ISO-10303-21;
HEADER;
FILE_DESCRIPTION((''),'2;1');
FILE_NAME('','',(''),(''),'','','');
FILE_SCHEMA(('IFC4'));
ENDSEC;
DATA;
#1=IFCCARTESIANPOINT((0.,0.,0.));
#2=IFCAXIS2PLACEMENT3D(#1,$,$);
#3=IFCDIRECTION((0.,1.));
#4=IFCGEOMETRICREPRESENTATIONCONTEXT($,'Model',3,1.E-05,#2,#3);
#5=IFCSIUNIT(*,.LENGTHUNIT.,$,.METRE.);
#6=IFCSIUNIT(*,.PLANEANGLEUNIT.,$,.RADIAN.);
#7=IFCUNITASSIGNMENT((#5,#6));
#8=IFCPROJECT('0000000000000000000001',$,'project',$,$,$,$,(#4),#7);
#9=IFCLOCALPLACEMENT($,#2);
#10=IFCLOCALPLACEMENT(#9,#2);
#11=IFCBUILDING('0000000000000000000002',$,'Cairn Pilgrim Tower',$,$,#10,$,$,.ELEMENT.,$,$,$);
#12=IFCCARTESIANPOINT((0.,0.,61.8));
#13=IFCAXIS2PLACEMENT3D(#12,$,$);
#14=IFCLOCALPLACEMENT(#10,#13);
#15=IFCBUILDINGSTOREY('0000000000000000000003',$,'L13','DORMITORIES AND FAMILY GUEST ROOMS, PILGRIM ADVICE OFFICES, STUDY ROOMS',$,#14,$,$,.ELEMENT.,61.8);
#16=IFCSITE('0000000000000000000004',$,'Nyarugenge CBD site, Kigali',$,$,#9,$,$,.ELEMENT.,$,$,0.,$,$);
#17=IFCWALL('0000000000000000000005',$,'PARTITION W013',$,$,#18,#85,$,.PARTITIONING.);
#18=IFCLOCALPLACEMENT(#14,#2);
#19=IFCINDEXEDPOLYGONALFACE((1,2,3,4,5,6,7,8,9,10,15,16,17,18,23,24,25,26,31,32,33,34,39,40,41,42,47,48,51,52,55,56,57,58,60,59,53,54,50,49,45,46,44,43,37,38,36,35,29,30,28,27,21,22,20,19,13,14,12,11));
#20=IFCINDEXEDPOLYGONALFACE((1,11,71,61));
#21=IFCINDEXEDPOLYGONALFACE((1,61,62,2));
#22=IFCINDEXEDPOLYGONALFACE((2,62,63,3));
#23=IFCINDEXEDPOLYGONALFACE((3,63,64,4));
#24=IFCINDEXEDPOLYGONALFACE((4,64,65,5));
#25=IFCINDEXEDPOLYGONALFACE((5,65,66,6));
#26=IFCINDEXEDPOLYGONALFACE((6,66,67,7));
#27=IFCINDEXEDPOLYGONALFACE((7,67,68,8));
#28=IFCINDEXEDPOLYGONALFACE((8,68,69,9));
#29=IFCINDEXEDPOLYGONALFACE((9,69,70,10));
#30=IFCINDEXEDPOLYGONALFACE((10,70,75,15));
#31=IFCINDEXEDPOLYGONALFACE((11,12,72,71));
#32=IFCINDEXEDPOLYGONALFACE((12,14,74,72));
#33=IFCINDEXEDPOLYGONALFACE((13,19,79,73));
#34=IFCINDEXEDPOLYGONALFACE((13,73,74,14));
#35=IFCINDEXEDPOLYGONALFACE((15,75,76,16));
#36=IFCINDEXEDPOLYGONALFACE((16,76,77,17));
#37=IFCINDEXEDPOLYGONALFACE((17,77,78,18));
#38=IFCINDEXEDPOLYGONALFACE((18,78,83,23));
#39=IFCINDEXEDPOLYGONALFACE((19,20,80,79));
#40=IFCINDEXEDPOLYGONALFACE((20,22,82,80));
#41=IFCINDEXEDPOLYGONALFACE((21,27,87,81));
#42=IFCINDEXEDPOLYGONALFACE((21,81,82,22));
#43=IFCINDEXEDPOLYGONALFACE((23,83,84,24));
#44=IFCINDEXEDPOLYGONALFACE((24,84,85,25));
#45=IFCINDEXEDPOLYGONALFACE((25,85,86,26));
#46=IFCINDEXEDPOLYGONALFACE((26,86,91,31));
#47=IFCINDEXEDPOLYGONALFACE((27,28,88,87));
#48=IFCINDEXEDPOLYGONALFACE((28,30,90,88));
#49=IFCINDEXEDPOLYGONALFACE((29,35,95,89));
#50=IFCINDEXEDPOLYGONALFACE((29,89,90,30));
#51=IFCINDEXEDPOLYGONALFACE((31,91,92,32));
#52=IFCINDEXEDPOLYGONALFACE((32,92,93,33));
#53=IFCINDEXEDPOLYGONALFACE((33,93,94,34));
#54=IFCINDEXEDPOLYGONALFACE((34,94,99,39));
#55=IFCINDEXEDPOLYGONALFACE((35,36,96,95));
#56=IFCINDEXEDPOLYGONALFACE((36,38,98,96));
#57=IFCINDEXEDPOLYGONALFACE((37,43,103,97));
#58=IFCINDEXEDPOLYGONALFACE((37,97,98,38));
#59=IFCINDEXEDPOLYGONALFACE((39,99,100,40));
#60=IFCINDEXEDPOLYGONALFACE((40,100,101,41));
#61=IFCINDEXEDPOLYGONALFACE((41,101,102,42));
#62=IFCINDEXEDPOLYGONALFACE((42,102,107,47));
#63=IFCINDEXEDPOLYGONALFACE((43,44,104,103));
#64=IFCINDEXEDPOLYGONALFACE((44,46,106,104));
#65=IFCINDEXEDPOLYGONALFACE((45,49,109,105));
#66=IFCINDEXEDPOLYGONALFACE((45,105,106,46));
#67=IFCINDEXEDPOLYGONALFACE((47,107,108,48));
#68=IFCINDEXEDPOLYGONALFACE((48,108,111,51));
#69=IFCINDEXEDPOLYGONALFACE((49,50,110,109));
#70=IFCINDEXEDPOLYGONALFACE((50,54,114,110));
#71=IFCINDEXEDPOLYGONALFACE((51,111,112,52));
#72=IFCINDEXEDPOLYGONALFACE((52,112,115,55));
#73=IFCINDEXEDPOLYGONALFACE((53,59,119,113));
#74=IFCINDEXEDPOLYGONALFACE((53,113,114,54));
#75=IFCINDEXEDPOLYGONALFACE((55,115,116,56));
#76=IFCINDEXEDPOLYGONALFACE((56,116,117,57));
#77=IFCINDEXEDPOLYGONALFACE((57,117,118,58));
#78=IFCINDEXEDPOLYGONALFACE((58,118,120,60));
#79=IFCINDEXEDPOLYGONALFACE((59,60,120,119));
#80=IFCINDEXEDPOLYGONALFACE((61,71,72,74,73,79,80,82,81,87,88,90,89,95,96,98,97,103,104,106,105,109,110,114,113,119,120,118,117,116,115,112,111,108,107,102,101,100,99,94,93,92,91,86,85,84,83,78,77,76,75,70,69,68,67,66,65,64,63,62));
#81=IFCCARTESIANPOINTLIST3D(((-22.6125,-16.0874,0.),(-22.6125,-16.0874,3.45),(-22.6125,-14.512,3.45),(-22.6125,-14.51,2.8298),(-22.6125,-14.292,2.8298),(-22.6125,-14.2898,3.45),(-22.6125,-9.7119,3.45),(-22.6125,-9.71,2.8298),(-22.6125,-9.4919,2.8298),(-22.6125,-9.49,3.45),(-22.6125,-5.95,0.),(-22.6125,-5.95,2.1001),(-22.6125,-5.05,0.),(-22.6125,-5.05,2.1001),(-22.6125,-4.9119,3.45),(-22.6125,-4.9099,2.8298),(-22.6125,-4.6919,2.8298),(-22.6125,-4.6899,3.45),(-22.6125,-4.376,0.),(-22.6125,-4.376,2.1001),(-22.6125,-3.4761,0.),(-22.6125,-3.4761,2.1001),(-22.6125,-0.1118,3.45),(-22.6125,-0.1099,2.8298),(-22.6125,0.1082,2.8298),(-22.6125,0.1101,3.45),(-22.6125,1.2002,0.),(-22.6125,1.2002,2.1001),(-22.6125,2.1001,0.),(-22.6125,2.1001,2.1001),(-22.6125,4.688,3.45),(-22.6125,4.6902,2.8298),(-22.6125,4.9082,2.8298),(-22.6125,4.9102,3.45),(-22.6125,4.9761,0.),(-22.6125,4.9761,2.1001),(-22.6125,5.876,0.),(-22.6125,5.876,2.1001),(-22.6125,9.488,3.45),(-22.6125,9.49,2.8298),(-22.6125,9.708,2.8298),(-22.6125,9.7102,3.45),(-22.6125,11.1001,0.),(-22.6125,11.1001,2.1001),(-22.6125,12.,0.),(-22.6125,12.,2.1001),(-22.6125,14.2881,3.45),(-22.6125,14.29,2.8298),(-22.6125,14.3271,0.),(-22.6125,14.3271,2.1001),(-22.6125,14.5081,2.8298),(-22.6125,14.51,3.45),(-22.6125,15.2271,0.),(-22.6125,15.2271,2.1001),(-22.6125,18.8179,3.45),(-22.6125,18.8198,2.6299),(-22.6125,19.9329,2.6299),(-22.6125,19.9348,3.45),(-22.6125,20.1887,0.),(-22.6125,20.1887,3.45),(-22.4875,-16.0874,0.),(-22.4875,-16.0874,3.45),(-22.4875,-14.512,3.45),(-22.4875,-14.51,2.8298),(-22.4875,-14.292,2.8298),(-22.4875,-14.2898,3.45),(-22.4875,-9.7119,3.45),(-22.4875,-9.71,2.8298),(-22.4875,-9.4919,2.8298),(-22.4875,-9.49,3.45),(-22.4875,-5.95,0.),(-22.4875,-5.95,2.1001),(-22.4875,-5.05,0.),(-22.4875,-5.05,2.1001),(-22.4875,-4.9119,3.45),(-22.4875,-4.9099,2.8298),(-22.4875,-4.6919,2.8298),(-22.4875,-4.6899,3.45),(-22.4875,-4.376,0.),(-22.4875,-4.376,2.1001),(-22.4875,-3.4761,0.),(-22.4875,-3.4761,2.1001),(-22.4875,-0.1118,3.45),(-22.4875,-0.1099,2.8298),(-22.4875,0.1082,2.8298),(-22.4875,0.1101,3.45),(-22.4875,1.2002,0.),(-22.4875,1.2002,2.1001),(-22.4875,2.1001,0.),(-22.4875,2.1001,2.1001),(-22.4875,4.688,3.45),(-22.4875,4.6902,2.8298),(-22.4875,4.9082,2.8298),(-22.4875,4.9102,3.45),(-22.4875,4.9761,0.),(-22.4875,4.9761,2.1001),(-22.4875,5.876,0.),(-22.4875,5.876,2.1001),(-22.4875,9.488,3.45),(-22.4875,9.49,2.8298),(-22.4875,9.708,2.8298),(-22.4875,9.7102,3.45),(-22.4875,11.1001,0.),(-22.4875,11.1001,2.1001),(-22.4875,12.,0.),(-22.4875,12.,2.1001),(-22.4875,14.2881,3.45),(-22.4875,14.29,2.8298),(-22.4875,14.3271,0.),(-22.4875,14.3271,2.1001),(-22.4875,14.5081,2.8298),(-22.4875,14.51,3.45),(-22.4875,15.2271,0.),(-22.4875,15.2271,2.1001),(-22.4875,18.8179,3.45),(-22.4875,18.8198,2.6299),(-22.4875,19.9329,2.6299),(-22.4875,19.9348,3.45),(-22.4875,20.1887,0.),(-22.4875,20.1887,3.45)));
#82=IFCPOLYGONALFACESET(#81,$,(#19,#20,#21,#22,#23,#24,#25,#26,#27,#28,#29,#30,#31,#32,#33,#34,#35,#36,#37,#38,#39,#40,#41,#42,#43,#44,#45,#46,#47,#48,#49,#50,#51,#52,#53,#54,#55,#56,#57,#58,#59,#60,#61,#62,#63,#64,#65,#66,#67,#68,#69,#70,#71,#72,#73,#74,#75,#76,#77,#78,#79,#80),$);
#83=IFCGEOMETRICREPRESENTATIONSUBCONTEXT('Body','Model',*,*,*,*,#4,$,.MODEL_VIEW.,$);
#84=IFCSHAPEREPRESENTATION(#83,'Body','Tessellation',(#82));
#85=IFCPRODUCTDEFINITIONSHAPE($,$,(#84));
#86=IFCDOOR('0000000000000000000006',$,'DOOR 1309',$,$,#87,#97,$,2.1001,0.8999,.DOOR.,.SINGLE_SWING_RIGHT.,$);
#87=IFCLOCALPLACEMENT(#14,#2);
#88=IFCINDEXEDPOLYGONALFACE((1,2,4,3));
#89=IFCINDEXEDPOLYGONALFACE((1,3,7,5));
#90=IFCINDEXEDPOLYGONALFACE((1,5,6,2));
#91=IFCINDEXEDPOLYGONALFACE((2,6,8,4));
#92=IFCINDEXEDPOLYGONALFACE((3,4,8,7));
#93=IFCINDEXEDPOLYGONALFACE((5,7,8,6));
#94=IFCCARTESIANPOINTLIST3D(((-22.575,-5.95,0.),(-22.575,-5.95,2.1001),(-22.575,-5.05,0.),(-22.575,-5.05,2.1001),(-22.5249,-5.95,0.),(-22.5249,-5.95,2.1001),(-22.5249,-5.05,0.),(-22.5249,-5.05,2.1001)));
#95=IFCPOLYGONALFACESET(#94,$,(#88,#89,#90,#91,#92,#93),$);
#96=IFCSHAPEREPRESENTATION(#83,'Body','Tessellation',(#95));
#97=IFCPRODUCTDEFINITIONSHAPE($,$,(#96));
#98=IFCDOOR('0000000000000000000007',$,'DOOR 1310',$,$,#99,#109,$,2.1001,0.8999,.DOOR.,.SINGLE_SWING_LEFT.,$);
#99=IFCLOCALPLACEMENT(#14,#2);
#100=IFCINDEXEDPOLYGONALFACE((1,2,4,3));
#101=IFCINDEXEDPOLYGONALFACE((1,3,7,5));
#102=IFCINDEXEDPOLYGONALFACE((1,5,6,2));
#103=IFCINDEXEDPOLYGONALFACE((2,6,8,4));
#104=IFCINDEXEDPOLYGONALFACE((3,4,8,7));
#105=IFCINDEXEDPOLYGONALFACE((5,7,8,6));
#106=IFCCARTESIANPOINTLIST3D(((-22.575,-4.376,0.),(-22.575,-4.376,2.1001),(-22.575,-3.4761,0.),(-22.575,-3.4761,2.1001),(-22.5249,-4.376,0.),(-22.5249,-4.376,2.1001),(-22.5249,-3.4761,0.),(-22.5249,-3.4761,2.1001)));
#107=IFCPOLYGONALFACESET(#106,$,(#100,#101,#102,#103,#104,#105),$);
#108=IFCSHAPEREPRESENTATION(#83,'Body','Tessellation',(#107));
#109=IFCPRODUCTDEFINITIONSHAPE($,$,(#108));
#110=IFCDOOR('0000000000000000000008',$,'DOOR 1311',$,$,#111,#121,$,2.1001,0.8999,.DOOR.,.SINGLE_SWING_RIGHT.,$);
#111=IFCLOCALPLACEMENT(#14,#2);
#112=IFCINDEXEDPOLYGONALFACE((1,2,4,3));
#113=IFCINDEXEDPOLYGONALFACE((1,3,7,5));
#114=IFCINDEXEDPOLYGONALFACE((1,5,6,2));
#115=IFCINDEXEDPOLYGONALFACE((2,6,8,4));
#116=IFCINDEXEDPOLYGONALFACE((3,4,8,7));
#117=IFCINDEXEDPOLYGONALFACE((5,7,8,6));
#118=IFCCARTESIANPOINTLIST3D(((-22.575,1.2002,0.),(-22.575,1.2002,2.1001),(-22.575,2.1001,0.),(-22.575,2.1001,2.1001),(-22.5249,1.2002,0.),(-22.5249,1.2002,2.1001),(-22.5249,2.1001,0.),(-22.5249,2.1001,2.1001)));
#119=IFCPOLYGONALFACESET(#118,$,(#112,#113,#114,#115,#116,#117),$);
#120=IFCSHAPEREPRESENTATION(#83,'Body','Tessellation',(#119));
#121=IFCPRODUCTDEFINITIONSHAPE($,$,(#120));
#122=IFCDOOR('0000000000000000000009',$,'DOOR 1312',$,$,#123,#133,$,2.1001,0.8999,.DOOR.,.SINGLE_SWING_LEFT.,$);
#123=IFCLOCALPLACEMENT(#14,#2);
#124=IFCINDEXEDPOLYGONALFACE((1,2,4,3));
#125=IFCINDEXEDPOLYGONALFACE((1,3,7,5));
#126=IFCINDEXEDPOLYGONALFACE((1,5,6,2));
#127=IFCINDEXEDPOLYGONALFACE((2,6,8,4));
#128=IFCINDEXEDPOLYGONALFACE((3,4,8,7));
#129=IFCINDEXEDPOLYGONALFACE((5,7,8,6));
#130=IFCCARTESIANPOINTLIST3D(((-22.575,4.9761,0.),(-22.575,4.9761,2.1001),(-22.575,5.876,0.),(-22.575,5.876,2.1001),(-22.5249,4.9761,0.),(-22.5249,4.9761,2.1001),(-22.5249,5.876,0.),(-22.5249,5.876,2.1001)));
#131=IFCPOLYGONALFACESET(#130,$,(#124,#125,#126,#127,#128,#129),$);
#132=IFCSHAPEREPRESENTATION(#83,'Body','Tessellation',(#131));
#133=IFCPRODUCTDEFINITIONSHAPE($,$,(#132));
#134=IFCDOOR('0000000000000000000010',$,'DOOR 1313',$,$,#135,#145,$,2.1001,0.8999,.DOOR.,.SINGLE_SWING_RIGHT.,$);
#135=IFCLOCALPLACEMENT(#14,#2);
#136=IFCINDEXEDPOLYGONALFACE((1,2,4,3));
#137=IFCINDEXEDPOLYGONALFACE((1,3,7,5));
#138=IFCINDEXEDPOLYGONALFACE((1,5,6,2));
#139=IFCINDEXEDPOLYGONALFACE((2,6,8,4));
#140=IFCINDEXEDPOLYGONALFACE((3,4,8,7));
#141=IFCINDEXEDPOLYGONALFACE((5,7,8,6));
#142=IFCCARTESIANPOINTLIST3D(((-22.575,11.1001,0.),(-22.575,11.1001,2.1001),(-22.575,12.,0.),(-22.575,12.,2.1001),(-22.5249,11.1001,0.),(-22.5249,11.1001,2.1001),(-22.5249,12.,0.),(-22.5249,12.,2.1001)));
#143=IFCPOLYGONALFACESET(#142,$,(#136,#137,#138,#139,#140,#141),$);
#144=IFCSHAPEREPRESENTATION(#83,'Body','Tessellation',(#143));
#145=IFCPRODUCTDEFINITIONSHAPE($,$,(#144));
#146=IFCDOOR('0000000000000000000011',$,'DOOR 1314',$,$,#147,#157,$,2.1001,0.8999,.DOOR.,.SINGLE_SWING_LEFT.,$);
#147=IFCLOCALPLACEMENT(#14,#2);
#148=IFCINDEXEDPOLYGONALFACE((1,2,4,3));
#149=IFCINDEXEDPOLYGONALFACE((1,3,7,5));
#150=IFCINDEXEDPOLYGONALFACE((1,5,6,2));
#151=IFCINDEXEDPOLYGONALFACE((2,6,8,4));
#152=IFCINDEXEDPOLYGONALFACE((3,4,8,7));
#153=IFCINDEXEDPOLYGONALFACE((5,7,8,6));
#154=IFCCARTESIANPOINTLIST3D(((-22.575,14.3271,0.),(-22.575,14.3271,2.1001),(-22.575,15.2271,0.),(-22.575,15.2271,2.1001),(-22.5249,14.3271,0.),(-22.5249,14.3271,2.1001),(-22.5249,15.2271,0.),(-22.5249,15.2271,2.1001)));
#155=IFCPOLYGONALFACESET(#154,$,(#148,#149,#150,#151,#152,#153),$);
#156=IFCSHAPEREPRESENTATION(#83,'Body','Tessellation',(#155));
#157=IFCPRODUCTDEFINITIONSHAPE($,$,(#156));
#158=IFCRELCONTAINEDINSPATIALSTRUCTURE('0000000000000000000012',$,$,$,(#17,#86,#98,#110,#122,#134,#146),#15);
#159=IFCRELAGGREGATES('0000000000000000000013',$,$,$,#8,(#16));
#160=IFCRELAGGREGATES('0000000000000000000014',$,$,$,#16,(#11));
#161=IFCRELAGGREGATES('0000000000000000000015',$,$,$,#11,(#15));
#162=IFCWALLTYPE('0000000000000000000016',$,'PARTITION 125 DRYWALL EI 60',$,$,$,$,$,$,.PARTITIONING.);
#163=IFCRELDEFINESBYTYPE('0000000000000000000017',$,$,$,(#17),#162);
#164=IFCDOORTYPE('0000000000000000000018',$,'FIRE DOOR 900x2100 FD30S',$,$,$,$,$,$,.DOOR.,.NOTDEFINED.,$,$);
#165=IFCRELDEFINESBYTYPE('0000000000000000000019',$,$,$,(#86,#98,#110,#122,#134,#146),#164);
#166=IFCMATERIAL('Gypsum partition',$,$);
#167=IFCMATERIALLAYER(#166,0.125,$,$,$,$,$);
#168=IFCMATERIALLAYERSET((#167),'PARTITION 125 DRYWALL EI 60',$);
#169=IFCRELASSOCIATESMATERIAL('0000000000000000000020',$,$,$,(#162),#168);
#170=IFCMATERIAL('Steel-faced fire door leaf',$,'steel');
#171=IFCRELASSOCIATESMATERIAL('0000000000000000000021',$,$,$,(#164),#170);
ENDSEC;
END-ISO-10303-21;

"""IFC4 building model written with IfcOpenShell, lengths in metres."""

from ifc_helpers import new_model, si_unit, direction, frame, frame_2d, origin, place, context, subcontext, project, spatial, polyline, rectangle, outline, extrude, material, layer, layer_set, type_object, element, fill, save


model = new_model("IFC4")

# Units and contexts
model_context = context("Model", 3, precision=1e-05, world=origin(), true_north=direction((0.0, 1.0)))
body_context = subcontext(model_context, "Body", "Model", "MODEL_VIEW")
ifc_project = project(units=[si_unit("LENGTHUNIT", "METRE"), si_unit("PLANEANGLEUNIT", "RADIAN")], contexts=[model_context])

# Site, building, storey
site_placement = place(None, origin())
site = spatial("IfcSite", under=ifc_project, at=site_placement, Name="Nyarugenge CBD site, Kigali", CompositionType="ELEMENT", RefElevation=0.0)
building_placement = place(site_placement, origin())
building = spatial("IfcBuilding", under=site, at=building_placement, Name="Cairn Pilgrim Tower", CompositionType="ELEMENT")
storey_placement = place(building_placement, frame((0.0, 0.0, 61.8)))
storey = spatial("IfcBuildingStorey", under=building, at=storey_placement, Name="L13", Description="DORMITORIES AND FAMILY GUEST ROOMS, PILGRIM ADVICE OFFICES, STUDY ROOMS", CompositionType="ELEMENT", Elevation=61.8)

# Wall, openings, doors
ifc_material_1 = material(Name="Gypsum partition")
ifc_layer_1 = layer(ifc_material_1, 0.125)
ifc_layer_set_1 = layer_set([ifc_layer_1], Name="PARTITION 125 DRYWALL EI 60")
wall_type = type_object("IfcWallType", Name="PARTITION 125 DRYWALL EI 60", PredefinedType="PARTITIONING", material=ifc_layer_set_1)
ifc_material_2 = material(Name="Steel-faced fire door leaf", Category="steel")
door_type = type_object("IfcDoorType", Name="FIRE DOOR 900x2100 FD30S", OperationType="NOTDEFINED", PredefinedType="DOOR", material=ifc_material_2)
wall_1_placement = place(storey_placement, frame((-22.55, -16.0874, 0.0), z_axis=(0.0, 0.0, 1.0), x_axis=(0.0, 1.0, 0.0)))
wall_1 = element("IfcWall", 1, at=wall_1_placement, inside=storey, type_object=wall_type, Name="PARTITION W013", PredefinedType="PARTITIONING", context=body_context, shape_type="SweptSolid", body=[
    extrude(outline(polyline([(0.0, 0.0), (36.2761, 0.0), (36.2761, 3.45), (36.0222, 3.45), (36.0203, 2.6299), (34.9072, 2.6299), (34.9053, 3.45), (30.5974, 3.45), (30.5955, 2.8298), (30.3774, 2.8298), (30.3755, 3.45), (25.7976, 3.45), (25.7954, 2.8298), (25.5774, 2.8298), (25.5754, 3.45), (20.9976, 3.45), (20.9956, 2.8298), (20.7776, 2.8298), (20.7754, 3.45), (16.1975, 3.45), (16.1956, 2.8298), (15.9775, 2.8298), (15.9756, 3.45), (11.3975, 3.45), (11.3955, 2.8298), (11.1775, 2.8298), (11.1755, 3.45), (6.5974, 3.45), (6.5955, 2.8298), (6.3774, 2.8298), (6.3755, 3.45), (1.7976, 3.45), (1.7954, 2.8298), (1.5774, 2.8298), (1.5754, 3.45), (0.0, 3.45), (0.0, 0.0)])), frame((0.0, 0.0625, 0.0), z_axis=(0.0, -1.0, 0.0), x_axis=(1.0, 0.0, 0.0)), (0.0, 0.0, 1.0), 0.125),
])
opening_1_placement = place(wall_1_placement, frame((10.1375, 0.0, 0.0)))
opening_1 = element("IfcOpeningElement", 2, at=opening_1_placement, cuts=wall_1, PredefinedType="OPENING", context=body_context, shape_type="SweptSolid", body=[
    extrude(rectangle(XDim=0.8999, YDim=2.1001, at=frame_2d((0.45, 1.05))), frame((0.0, 0.0725, 0.0), z_axis=(0.0, -1.0, 0.0), x_axis=(1.0, 0.0, 0.0)), (0.0, 0.0, 1.0), 0.145),
])
opening_2_placement = place(wall_1_placement, frame((11.7114, 0.0, 0.0)))
opening_2 = element("IfcOpeningElement", 3, at=opening_2_placement, cuts=wall_1, PredefinedType="OPENING", context=body_context, shape_type="SweptSolid", body=[
    extrude(rectangle(XDim=0.8999, YDim=2.1001, at=frame_2d((0.45, 1.05))), frame((0.0, 0.0725, 0.0), z_axis=(0.0, -1.0, 0.0), x_axis=(1.0, 0.0, 0.0)), (0.0, 0.0, 1.0), 0.145),
])
opening_3_placement = place(wall_1_placement, frame((17.2876, 0.0, 0.0)))
opening_3 = element("IfcOpeningElement", 4, at=opening_3_placement, cuts=wall_1, PredefinedType="OPENING", context=body_context, shape_type="SweptSolid", body=[
    extrude(rectangle(XDim=0.8999, YDim=2.1001, at=frame_2d((0.45, 1.05))), frame((0.0, 0.0725, 0.0), z_axis=(0.0, -1.0, 0.0), x_axis=(1.0, 0.0, 0.0)), (0.0, 0.0, 1.0), 0.145),
])
opening_4_placement = place(wall_1_placement, frame((21.0635, 0.0, 0.0)))
opening_4 = element("IfcOpeningElement", 5, at=opening_4_placement, cuts=wall_1, PredefinedType="OPENING", context=body_context, shape_type="SweptSolid", body=[
    extrude(rectangle(XDim=0.8999, YDim=2.1001, at=frame_2d((0.45, 1.05))), frame((0.0, 0.0725, 0.0), z_axis=(0.0, -1.0, 0.0), x_axis=(1.0, 0.0, 0.0)), (0.0, 0.0, 1.0), 0.145),
])
opening_5_placement = place(wall_1_placement, frame((27.1875, 0.0, 0.0)))
opening_5 = element("IfcOpeningElement", 6, at=opening_5_placement, cuts=wall_1, PredefinedType="OPENING", context=body_context, shape_type="SweptSolid", body=[
    extrude(rectangle(XDim=0.8999, YDim=2.1001, at=frame_2d((0.45, 1.05))), frame((0.0, 0.0725, 0.0), z_axis=(0.0, -1.0, 0.0), x_axis=(1.0, 0.0, 0.0)), (0.0, 0.0, 1.0), 0.145),
])
opening_6_placement = place(wall_1_placement, frame((30.4146, 0.0, 0.0)))
opening_6 = element("IfcOpeningElement", 7, at=opening_6_placement, cuts=wall_1, PredefinedType="OPENING", context=body_context, shape_type="SweptSolid", body=[
    extrude(rectangle(XDim=0.8999, YDim=2.1001, at=frame_2d((0.45, 1.05))), frame((0.0, 0.0725, 0.0), z_axis=(0.0, -1.0, 0.0), x_axis=(1.0, 0.0, 0.0)), (0.0, 0.0, 1.0), 0.145),
])
door_1_placement = place(opening_1_placement, origin())
door_1 = element("IfcDoor", 8, at=door_1_placement, inside=storey, type_object=door_type, Name="DOOR 1309", OperationType="SINGLE_SWING_RIGHT", OverallHeight=2.1001, OverallWidth=0.8999, PredefinedType="DOOR", context=body_context, shape_type="SweptSolid", body=[
    extrude(rectangle(XDim=0.8999, YDim=2.1001, at=frame_2d((0.45, 1.05))), frame((0.0, 0.0249, 0.0), z_axis=(0.0, -1.0, 0.0), x_axis=(1.0, 0.0, 0.0)), (0.0, 0.0, 1.0), 0.05),
])
fill(opening_1, door_1)
door_2_placement = place(opening_2_placement, origin())
door_2 = element("IfcDoor", 9, at=door_2_placement, inside=storey, type_object=door_type, Name="DOOR 1310", OperationType="SINGLE_SWING_LEFT", OverallHeight=2.1001, OverallWidth=0.8999, PredefinedType="DOOR", context=body_context, shape_type="SweptSolid", body=[
    extrude(rectangle(XDim=0.8999, YDim=2.1001, at=frame_2d((0.45, 1.05))), frame((0.0, 0.0249, 0.0), z_axis=(0.0, -1.0, 0.0), x_axis=(1.0, 0.0, 0.0)), (0.0, 0.0, 1.0), 0.05),
])
fill(opening_2, door_2)
door_3_placement = place(opening_3_placement, origin())
door_3 = element("IfcDoor", 10, at=door_3_placement, inside=storey, type_object=door_type, Name="DOOR 1311", OperationType="SINGLE_SWING_RIGHT", OverallHeight=2.1001, OverallWidth=0.8999, PredefinedType="DOOR", context=body_context, shape_type="SweptSolid", body=[
    extrude(rectangle(XDim=0.8999, YDim=2.1001, at=frame_2d((0.45, 1.05))), frame((0.0, 0.0249, 0.0), z_axis=(0.0, -1.0, 0.0), x_axis=(1.0, 0.0, 0.0)), (0.0, 0.0, 1.0), 0.05),
])
fill(opening_3, door_3)
door_4_placement = place(opening_4_placement, origin())
door_4 = element("IfcDoor", 11, at=door_4_placement, inside=storey, type_object=door_type, Name="DOOR 1312", OperationType="SINGLE_SWING_LEFT", OverallHeight=2.1001, OverallWidth=0.8999, PredefinedType="DOOR", context=body_context, shape_type="SweptSolid", body=[
    extrude(rectangle(XDim=0.8999, YDim=2.1001, at=frame_2d((0.45, 1.05))), frame((0.0, 0.0249, 0.0), z_axis=(0.0, -1.0, 0.0), x_axis=(1.0, 0.0, 0.0)), (0.0, 0.0, 1.0), 0.05),
])
fill(opening_4, door_4)
door_5_placement = place(opening_5_placement, origin())
door_5 = element("IfcDoor", 12, at=door_5_placement, inside=storey, type_object=door_type, Name="DOOR 1313", OperationType="SINGLE_SWING_RIGHT", OverallHeight=2.1001, OverallWidth=0.8999, PredefinedType="DOOR", context=body_context, shape_type="SweptSolid", body=[
    extrude(rectangle(XDim=0.8999, YDim=2.1001, at=frame_2d((0.45, 1.05))), frame((0.0, 0.0249, 0.0), z_axis=(0.0, -1.0, 0.0), x_axis=(1.0, 0.0, 0.0)), (0.0, 0.0, 1.0), 0.05),
])
fill(opening_5, door_5)
door_6_placement = place(opening_6_placement, origin())
door_6 = element("IfcDoor", 13, at=door_6_placement, inside=storey, type_object=door_type, Name="DOOR 1314", OperationType="SINGLE_SWING_LEFT", OverallHeight=2.1001, OverallWidth=0.8999, PredefinedType="DOOR", context=body_context, shape_type="SweptSolid", body=[
    extrude(rectangle(XDim=0.8999, YDim=2.1001, at=frame_2d((0.45, 1.05))), frame((0.0, 0.0249, 0.0), z_axis=(0.0, -1.0, 0.0), x_axis=(1.0, 0.0, 0.0)), (0.0, 0.0, 1.0), 0.05),
])
fill(opening_6, door_6)

save(model, "model.ifc")
